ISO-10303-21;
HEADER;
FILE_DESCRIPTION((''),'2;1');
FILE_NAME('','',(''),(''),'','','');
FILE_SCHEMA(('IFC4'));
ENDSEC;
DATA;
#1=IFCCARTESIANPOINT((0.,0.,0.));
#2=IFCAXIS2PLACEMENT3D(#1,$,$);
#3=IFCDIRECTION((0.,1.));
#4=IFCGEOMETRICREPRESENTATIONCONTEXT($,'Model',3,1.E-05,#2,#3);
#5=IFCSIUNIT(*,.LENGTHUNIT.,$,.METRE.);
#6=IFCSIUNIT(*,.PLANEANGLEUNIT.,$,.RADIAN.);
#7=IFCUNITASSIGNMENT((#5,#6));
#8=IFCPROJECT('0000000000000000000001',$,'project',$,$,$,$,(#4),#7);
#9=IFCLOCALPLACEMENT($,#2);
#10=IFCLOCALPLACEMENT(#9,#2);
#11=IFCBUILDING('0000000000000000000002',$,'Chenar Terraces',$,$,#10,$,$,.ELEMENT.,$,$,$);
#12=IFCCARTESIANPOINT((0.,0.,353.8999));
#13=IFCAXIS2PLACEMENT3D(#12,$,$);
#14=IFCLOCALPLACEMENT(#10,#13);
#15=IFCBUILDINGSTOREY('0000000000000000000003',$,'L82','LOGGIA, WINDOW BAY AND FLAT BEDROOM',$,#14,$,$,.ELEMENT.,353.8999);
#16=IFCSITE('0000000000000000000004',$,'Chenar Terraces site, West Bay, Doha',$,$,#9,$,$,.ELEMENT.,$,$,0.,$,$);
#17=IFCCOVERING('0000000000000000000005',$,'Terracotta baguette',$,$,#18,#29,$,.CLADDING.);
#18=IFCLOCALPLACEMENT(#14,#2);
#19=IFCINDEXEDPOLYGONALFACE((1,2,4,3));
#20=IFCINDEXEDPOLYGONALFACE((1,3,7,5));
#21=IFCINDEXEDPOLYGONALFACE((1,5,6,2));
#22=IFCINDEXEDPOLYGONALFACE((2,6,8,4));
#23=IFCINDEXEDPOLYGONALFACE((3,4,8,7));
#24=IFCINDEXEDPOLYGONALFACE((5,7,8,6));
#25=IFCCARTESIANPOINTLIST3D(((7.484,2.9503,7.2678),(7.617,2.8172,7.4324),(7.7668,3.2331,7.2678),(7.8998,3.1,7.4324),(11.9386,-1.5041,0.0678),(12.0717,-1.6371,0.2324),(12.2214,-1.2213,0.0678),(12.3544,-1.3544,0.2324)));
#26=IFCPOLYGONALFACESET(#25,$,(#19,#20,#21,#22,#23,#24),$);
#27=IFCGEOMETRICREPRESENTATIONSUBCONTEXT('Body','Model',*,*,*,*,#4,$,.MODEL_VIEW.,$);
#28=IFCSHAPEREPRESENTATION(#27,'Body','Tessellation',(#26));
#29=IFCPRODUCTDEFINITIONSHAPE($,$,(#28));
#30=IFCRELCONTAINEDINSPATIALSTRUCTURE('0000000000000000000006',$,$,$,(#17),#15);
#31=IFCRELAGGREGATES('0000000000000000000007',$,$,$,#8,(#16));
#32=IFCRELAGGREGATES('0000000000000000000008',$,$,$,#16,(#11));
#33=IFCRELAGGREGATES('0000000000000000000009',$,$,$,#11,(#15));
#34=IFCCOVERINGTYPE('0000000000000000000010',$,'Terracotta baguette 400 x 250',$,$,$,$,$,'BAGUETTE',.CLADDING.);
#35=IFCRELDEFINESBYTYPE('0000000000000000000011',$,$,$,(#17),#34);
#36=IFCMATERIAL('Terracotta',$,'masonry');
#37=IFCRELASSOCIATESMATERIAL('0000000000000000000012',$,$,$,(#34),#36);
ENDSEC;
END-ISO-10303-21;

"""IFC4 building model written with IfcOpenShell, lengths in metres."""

from ifc_helpers import new_model, si_unit, direction, frame, origin, origin_2d, place, context, subcontext, project, spatial, rectangle, extrude, material, material_profile, profile_set, type_object, element, save


model = new_model("IFC4")

# Units and contexts
model_context = context("Model", 3, precision=1e-05, world=origin(), true_north=direction((0.0, 1.0)))
body_context = subcontext(model_context, "Body", "Model", "MODEL_VIEW")
ifc_project = project(units=[si_unit("LENGTHUNIT", "METRE"), si_unit("PLANEANGLEUNIT", "RADIAN")], contexts=[model_context])

# Site, building, storey
site_placement = place(None, origin())
site = spatial("IfcSite", under=ifc_project, at=site_placement, Name="Chenar Terraces site, West Bay, Doha", CompositionType="ELEMENT", RefElevation=0.0)
building_placement = place(site_placement, origin())
building = spatial("IfcBuilding", under=site, at=building_placement, Name="Chenar Terraces", CompositionType="ELEMENT")
storey_placement = place(building_placement, frame((0.0, 0.0, 353.8999)))
storey = spatial("IfcBuildingStorey", under=building, at=storey_placement, Name="L82", Description="LOGGIA, WINDOW BAY AND FLAT BEDROOM", CompositionType="ELEMENT", Elevation=353.8999)

# Covering
ifc_material_1 = material(Name="Terracotta", Category="masonry")
ifc_material_profile = material_profile(ifc_material_1, rectangle(XDim=0.3999, YDim=0.25, at=origin_2d()), Name="Terracotta baguette 400 x 250")
ifc_profile_set = profile_set([ifc_material_profile], Name="Terracotta")
covering_type = type_object("IfcCoveringType", Name="Terracotta baguette 400 x 250", ElementType="BAGUETTE", PredefinedType="CLADDING", material=ifc_profile_set)
covering_1_placement = place(storey_placement, frame((7.6919, 3.0251, 7.3501), z_axis=(0.46563, -0.465604, -0.752597), x_axis=(0.707087, 0.707126, 0.0)))
element("IfcCovering", 1, at=covering_1_placement, inside=storey, type_object=covering_type, Name="Terracotta baguette", PredefinedType="CLADDING", context=body_context, shape_type="SweptSolid", body=[
    extrude(rectangle(XDim=0.3999, YDim=0.25, at=origin_2d()), origin(), (0.0, 0.0, 1.0), 9.5669),
])

save(model, "model.ifc")
